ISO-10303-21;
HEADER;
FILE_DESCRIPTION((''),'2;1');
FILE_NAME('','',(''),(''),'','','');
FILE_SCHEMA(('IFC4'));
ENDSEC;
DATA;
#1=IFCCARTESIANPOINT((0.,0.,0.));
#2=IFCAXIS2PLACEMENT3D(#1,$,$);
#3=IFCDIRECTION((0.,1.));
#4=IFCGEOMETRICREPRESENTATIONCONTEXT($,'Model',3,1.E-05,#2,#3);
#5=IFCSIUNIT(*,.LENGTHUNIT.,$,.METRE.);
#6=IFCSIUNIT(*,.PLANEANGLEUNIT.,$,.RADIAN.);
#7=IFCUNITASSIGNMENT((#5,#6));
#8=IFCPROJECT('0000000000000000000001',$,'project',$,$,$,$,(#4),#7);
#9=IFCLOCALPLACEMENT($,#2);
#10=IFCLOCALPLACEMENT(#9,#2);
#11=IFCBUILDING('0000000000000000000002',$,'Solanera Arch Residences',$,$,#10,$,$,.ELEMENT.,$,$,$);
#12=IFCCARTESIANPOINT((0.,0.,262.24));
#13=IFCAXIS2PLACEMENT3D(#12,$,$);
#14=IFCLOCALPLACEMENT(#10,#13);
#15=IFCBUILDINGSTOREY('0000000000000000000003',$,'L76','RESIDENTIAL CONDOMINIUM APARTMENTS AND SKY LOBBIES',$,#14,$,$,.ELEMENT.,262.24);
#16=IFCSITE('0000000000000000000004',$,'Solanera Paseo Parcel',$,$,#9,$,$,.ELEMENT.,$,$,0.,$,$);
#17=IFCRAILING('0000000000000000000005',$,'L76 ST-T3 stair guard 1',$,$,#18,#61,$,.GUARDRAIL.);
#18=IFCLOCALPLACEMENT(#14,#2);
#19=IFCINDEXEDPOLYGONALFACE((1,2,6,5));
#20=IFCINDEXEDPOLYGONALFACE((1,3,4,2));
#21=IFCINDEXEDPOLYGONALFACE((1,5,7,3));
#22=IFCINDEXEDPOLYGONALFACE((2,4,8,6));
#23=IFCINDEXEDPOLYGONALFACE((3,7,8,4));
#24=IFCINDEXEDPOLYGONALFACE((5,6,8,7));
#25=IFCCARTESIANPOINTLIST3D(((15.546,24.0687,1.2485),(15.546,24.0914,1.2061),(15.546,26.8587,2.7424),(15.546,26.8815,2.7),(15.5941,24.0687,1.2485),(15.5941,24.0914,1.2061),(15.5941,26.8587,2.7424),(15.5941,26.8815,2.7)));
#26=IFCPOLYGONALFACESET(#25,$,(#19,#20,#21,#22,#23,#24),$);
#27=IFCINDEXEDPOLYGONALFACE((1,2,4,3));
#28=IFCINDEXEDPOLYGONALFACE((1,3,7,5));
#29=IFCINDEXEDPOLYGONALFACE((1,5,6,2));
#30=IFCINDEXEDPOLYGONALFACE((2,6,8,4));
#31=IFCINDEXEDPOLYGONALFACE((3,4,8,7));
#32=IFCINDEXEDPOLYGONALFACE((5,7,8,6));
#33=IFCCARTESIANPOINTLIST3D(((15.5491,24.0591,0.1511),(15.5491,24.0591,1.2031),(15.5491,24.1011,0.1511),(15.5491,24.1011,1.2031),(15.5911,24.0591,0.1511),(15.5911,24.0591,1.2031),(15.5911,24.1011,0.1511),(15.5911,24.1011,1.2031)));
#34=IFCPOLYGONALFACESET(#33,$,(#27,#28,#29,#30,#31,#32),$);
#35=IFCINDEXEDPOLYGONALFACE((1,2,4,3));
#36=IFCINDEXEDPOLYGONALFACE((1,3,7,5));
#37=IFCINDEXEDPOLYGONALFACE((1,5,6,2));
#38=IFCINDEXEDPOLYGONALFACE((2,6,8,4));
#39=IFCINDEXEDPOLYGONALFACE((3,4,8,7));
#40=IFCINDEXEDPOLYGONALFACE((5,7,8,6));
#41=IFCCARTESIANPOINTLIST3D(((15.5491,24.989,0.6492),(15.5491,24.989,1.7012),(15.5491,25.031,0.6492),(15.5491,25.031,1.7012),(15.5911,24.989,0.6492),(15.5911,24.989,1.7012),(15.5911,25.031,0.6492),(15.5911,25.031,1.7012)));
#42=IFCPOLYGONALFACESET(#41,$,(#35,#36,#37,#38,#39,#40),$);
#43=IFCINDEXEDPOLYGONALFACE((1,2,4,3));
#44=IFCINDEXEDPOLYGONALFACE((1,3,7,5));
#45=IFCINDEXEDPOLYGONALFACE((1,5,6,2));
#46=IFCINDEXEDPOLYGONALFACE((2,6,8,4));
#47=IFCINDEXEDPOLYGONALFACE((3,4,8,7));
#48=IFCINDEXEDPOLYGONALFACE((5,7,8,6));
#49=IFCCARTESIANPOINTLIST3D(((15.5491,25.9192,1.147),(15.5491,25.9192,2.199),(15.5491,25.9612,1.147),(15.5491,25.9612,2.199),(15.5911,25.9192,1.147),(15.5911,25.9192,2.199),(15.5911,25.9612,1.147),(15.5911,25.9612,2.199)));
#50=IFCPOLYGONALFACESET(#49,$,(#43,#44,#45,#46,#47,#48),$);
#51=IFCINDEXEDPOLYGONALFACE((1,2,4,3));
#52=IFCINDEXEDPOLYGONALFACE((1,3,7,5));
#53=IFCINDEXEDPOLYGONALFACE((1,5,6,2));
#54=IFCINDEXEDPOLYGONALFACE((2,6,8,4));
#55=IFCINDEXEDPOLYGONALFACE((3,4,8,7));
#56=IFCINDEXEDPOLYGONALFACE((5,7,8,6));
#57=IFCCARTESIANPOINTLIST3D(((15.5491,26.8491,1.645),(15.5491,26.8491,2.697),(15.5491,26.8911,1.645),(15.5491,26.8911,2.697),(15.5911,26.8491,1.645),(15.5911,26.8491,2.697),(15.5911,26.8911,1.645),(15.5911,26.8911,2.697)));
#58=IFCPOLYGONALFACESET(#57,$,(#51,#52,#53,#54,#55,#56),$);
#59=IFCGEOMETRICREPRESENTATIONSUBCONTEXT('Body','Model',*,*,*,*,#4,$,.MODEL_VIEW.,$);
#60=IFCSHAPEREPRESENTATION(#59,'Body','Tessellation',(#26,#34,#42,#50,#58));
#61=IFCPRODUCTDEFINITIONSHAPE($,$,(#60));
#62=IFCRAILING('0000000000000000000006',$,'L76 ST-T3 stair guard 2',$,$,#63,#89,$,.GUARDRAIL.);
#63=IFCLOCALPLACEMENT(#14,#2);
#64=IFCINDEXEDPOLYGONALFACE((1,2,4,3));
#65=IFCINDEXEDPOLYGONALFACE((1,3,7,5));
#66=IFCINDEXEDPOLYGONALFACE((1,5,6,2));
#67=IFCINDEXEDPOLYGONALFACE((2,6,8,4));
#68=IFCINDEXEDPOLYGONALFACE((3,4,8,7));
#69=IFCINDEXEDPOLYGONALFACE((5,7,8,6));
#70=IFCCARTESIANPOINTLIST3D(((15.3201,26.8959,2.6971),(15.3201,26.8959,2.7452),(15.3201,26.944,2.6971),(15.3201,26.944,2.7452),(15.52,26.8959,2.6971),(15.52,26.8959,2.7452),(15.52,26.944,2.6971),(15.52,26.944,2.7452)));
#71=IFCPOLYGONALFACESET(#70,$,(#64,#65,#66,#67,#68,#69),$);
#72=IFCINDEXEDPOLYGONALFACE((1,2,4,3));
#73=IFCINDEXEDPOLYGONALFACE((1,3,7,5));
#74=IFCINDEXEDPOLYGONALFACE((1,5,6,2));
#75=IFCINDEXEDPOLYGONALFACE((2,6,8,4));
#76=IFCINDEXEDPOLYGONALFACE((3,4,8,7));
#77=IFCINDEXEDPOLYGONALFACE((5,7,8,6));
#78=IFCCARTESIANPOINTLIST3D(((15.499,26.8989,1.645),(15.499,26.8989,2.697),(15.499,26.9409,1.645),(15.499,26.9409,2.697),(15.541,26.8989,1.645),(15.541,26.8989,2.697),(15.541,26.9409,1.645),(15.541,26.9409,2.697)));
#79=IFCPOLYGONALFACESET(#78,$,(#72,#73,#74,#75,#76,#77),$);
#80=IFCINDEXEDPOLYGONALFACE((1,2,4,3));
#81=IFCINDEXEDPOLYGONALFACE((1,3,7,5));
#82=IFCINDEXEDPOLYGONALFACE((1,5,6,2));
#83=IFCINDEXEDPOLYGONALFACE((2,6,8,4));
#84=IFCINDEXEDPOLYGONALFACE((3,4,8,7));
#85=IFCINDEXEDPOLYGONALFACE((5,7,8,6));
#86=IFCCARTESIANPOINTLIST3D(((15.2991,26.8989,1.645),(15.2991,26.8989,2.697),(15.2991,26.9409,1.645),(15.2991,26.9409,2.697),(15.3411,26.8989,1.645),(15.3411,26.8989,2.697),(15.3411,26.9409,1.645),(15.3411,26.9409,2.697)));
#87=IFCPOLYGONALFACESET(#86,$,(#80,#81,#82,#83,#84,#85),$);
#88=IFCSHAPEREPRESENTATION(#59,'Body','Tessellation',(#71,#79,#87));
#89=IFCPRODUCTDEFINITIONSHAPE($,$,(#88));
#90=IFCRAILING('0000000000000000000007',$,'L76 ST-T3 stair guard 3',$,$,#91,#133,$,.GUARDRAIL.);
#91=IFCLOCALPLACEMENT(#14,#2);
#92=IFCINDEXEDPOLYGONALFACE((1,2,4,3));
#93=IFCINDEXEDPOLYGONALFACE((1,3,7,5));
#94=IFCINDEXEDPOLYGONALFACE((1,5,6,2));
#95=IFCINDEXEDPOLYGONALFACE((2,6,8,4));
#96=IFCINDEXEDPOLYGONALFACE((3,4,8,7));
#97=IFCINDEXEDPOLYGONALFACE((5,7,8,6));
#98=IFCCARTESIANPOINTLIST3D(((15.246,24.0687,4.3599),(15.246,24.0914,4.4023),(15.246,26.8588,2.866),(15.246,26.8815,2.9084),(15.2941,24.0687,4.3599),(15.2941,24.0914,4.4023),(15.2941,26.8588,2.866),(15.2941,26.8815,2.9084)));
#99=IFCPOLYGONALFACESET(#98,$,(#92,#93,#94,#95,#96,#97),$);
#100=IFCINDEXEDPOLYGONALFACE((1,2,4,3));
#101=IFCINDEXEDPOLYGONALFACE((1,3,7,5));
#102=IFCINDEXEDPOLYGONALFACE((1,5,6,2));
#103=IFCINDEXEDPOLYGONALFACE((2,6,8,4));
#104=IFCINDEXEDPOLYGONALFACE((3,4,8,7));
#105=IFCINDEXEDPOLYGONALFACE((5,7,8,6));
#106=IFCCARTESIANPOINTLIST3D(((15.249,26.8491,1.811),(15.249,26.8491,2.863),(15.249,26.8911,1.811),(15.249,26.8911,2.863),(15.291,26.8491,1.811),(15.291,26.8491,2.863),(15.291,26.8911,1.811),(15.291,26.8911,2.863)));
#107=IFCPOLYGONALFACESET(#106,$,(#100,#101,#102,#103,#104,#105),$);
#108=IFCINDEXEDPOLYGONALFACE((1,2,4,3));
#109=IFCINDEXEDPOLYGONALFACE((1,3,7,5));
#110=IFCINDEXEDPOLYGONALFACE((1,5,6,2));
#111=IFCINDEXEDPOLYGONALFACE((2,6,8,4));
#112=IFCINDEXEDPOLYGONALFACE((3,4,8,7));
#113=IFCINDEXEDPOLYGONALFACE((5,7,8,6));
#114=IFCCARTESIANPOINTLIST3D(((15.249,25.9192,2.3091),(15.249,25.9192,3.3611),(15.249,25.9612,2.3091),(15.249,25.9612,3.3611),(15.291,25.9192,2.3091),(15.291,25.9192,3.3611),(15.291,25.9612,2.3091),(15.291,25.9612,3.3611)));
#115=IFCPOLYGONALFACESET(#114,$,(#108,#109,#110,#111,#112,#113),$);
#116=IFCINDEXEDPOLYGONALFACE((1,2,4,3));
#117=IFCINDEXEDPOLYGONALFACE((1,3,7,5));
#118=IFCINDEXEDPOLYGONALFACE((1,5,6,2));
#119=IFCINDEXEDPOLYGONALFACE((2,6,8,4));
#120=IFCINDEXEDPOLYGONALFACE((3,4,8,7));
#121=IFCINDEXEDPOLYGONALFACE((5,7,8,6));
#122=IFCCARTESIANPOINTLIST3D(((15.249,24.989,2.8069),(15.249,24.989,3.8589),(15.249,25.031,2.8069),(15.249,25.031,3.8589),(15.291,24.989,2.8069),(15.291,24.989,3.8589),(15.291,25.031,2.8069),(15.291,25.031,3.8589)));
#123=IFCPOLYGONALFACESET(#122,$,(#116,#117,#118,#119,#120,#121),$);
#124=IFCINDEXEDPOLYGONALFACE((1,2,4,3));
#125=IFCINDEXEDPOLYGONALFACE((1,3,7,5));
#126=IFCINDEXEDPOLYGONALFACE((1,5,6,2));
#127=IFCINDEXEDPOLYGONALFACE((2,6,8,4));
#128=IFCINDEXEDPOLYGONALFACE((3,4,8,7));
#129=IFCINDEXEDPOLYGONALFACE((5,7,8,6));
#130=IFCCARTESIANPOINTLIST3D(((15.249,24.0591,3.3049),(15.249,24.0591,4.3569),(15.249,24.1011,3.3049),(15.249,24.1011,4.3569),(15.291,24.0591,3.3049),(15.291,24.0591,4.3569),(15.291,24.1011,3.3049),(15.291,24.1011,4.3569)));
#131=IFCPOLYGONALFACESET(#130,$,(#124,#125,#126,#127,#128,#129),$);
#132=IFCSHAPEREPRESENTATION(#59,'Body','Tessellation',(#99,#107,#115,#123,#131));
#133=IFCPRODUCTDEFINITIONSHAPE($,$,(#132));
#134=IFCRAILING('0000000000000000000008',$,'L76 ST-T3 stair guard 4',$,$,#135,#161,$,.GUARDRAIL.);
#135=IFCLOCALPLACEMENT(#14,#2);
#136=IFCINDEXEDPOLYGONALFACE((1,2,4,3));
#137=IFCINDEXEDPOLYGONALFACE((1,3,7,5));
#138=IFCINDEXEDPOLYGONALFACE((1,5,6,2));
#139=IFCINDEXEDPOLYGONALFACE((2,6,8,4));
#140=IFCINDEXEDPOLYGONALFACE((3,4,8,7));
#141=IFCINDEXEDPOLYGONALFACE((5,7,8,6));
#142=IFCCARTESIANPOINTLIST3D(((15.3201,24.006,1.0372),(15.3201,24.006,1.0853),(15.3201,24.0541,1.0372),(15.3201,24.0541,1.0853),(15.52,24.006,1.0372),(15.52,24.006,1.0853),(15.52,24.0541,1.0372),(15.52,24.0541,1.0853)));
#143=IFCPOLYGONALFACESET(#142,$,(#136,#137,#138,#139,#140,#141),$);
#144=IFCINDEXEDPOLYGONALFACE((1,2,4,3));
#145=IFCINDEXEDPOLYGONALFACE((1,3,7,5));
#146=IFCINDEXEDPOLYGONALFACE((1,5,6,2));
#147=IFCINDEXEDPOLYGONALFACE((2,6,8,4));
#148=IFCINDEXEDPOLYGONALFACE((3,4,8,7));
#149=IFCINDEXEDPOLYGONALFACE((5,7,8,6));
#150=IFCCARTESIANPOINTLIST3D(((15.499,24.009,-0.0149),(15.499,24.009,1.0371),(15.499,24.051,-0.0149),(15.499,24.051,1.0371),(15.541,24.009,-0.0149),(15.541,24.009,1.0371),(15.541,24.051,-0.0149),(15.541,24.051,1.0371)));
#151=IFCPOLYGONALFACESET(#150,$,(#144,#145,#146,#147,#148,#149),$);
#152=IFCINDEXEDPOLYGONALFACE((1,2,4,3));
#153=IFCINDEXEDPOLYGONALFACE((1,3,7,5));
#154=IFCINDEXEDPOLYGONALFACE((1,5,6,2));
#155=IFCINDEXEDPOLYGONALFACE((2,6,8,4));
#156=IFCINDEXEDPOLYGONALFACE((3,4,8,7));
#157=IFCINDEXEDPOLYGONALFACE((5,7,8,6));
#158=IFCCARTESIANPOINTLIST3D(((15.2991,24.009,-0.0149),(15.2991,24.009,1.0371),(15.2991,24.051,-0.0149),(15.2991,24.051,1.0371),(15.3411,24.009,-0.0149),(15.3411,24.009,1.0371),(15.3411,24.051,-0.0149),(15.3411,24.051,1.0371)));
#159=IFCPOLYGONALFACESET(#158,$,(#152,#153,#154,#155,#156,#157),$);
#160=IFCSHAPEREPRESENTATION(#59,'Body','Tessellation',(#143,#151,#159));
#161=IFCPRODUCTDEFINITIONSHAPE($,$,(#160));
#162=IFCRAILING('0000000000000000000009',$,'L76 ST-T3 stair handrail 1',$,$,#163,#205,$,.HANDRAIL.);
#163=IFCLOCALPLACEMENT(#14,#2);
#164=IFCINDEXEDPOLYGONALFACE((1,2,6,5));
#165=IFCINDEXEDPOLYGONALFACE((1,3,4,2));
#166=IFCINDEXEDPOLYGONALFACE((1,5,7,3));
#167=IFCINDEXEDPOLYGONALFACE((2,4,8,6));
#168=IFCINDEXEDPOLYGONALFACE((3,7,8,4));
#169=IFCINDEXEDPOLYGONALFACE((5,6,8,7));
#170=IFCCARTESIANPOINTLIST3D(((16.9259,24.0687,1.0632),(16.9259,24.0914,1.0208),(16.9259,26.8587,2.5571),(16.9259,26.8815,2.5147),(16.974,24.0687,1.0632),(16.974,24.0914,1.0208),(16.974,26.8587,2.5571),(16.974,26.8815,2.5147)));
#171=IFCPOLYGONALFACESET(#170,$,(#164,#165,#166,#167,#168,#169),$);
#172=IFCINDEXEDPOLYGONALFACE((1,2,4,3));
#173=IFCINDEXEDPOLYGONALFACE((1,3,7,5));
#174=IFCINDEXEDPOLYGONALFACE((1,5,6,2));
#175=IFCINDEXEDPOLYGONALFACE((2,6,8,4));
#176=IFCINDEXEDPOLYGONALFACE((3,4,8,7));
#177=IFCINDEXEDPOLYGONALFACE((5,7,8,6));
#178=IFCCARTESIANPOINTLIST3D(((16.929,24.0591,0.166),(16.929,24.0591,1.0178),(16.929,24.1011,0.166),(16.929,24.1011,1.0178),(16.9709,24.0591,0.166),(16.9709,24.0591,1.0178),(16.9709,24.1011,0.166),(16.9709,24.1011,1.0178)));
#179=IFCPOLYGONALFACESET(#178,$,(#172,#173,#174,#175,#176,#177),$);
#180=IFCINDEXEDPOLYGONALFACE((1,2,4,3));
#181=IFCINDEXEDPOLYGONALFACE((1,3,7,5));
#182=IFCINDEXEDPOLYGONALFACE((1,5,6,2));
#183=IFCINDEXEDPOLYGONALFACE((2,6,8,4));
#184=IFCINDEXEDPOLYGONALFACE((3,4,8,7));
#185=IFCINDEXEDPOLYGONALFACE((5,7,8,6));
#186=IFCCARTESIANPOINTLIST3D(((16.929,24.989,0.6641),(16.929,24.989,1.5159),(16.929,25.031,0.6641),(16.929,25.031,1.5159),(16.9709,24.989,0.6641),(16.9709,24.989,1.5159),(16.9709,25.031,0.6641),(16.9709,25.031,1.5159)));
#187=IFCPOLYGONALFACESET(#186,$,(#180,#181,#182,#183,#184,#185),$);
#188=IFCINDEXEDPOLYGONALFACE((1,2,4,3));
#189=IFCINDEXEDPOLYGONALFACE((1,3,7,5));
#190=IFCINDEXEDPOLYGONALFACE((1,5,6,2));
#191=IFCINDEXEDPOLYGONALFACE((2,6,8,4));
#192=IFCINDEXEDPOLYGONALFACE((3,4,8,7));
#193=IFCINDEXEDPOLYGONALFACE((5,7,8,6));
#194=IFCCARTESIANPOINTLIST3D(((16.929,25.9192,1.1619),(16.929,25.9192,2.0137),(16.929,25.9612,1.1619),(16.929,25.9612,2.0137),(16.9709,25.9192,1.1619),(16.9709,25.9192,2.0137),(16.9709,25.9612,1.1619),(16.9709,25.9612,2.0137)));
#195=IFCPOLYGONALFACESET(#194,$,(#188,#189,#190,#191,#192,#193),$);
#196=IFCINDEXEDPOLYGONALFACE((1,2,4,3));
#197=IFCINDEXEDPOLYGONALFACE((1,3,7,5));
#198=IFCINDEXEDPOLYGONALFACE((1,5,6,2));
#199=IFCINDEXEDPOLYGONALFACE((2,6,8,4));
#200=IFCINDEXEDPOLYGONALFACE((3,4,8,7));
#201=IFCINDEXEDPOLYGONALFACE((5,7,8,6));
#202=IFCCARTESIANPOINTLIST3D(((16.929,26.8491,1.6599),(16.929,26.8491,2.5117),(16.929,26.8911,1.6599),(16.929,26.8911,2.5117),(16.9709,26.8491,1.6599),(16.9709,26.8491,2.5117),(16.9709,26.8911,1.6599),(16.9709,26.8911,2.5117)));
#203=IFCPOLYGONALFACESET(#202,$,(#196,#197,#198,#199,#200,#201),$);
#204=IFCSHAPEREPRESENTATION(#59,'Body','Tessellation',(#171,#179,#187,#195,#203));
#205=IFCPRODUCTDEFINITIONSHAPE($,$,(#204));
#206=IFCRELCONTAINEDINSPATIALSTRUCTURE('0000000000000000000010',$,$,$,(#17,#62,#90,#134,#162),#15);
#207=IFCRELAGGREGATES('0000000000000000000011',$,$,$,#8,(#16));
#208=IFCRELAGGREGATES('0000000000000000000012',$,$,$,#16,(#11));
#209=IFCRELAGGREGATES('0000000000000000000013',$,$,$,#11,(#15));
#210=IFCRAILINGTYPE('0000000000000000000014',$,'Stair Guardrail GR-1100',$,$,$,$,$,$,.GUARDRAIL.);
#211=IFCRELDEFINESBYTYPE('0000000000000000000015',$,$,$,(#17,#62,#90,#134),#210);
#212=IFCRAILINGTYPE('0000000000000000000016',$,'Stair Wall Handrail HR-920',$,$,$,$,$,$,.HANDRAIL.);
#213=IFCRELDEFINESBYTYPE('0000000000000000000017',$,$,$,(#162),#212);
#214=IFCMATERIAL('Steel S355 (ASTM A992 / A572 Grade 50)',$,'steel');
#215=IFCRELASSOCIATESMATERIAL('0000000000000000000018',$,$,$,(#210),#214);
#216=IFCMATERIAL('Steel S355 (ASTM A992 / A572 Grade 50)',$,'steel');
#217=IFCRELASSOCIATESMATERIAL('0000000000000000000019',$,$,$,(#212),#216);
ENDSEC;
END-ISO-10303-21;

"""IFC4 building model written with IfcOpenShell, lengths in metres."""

from ifc_helpers import new_model, si_unit, direction, frame, origin, origin_2d, place, context, subcontext, project, spatial, rectangle, extrude, material, type_object, element, save


model = new_model("IFC4")

# Units and contexts
model_context = context("Model", 3, precision=1e-05, world=origin(), true_north=direction((0.0, 1.0)))
body_context = subcontext(model_context, "Body", "Model", "MODEL_VIEW")
ifc_project = project(units=[si_unit("LENGTHUNIT", "METRE"), si_unit("PLANEANGLEUNIT", "RADIAN")], contexts=[model_context])

# Site, building, storey
site_placement = place(None, origin())
site = spatial("IfcSite", under=ifc_project, at=site_placement, Name="Solanera Paseo Parcel", CompositionType="ELEMENT", RefElevation=0.0)
building_placement = place(site_placement, origin())
building = spatial("IfcBuilding", under=site, at=building_placement, Name="Solanera Arch Residences", CompositionType="ELEMENT")
storey_placement = place(building_placement, frame((0.0, 0.0, 262.24)))
storey = spatial("IfcBuildingStorey", under=building, at=storey_placement, Name="L76", Description="RESIDENTIAL CONDOMINIUM APARTMENTS AND SKY LOBBIES", CompositionType="ELEMENT", Elevation=262.24)

# Railings
ifc_material_1 = material(Name="Steel S355 (ASTM A992 / A572 Grade 50)", Category="steel")
railing_type_1 = type_object("IfcRailingType", Name="Stair Guardrail GR-1100", PredefinedType="GUARDRAIL", material=ifc_material_1)
railing_1_placement = place(storey_placement, frame((15.5701, 24.0801, 0.1511)))
element("IfcRailing", 1, at=railing_1_placement, inside=storey, type_object=railing_type_1, Name="L76 ST-T3 stair guard 1", PredefinedType="GUARDRAIL", context=body_context, shape_type="SweptSolid", body=[
    extrude(rectangle(XDim=0.0481, YDim=0.0481, at=origin_2d()), frame((0.0, 0.0, 1.0762), z_axis=(0.0, 0.881581, 0.472033), x_axis=(-1.0, 0.0, 0.0)), (0.0, 0.0, 1.0), 3.1648),
    extrude(rectangle(XDim=0.042, YDim=0.042, at=origin_2d()), origin(), (0.0, 0.0, 1.0), 1.052),
    extrude(rectangle(XDim=0.042, YDim=0.042, at=origin_2d()), frame((0.0, 0.9299, 0.498)), (0.0, 0.0, 1.0), 1.052),
    extrude(rectangle(XDim=0.042, YDim=0.042, at=origin_2d()), frame((0.0, 1.8601, 0.9958)), (0.0, 0.0, 1.0), 1.052),
    extrude(rectangle(XDim=0.042, YDim=0.042, at=origin_2d()), frame((0.0, 2.79, 1.4939)), (0.0, 0.0, 1.0), 1.052),
])
railing_2_placement = place(storey_placement, frame((15.52, 26.9199, 1.645)))
element("IfcRailing", 2, at=railing_2_placement, inside=storey, type_object=railing_type_1, Name="L76 ST-T3 stair guard 2", PredefinedType="GUARDRAIL", context=body_context, shape_type="SweptSolid", body=[
    extrude(rectangle(XDim=0.0481, YDim=0.0481, at=origin_2d()), frame((0.0, 0.0, 1.0762), z_axis=(-1.0, 0.0, 0.0), x_axis=(0.0, -1.0, 0.0)), (0.0, 0.0, 1.0), 0.2),
    extrude(rectangle(XDim=0.042, YDim=0.042, at=origin_2d()), origin(), (0.0, 0.0, 1.0), 1.052),
    extrude(rectangle(XDim=0.042, YDim=0.042, at=origin_2d()), frame((-0.2, 0.0, 0.0)), (0.0, 0.0, 1.0), 1.052),
])
railing_3_placement = place(storey_placement, frame((15.27, 26.8701, 1.811)))
element("IfcRailing", 3, at=railing_3_placement, inside=storey, type_object=railing_type_1, Name="L76 ST-T3 stair guard 3", PredefinedType="GUARDRAIL", context=body_context, shape_type="SweptSolid", body=[
    extrude(rectangle(XDim=0.0481, YDim=0.0481, at=origin_2d()), frame((0.0, 0.0, 1.0762), z_axis=(0.0, -0.881581, 0.472033), x_axis=(1.0, 0.0, 0.0)), (0.0, 0.0, 1.0), 3.1648),
    extrude(rectangle(XDim=0.042, YDim=0.042, at=origin_2d()), origin(), (0.0, 0.0, 1.0), 1.052),
    extrude(rectangle(XDim=0.042, YDim=0.042, at=origin_2d()), frame((0.0, -0.9299, 0.498)), (0.0, 0.0, 1.0), 1.052),
    extrude(rectangle(XDim=0.042, YDim=0.042, at=origin_2d()), frame((0.0, -1.8601, 0.9958)), (0.0, 0.0, 1.0), 1.052),
    extrude(rectangle(XDim=0.042, YDim=0.042, at=origin_2d()), frame((0.0, -2.79, 1.4939)), (0.0, 0.0, 1.0), 1.052),
])
railing_4_placement = place(storey_placement, frame((15.52, 24.03, -0.0149)))
element("IfcRailing", 4, at=railing_4_placement, inside=storey, type_object=railing_type_1, Name="L76 ST-T3 stair guard 4", PredefinedType="GUARDRAIL", context=body_context, shape_type="SweptSolid", body=[
    extrude(rectangle(XDim=0.0481, YDim=0.0481, at=origin_2d()), frame((0.0, 0.0, 1.0762), z_axis=(-1.0, 0.0, 0.0), x_axis=(0.0, -1.0, 0.0)), (0.0, 0.0, 1.0), 0.2),
    extrude(rectangle(XDim=0.042, YDim=0.042, at=origin_2d()), origin(), (0.0, 0.0, 1.0), 1.052),
    extrude(rectangle(XDim=0.042, YDim=0.042, at=origin_2d()), frame((-0.2, 0.0, 0.0)), (0.0, 0.0, 1.0), 1.052),
])
ifc_material_2 = material(Name="Steel S355 (ASTM A992 / A572 Grade 50)", Category="steel")
railing_type_2 = type_object("IfcRailingType", Name="Stair Wall Handrail HR-920", PredefinedType="HANDRAIL", material=ifc_material_2)
railing_5_placement = place(storey_placement, frame((16.95, 24.0801, 0.166)))
element("IfcRailing", 5, at=railing_5_placement, inside=storey, type_object=railing_type_2, Name="L76 ST-T3 stair handrail 1", PredefinedType="HANDRAIL", context=body_context, shape_type="SweptSolid", body=[
    extrude(rectangle(XDim=0.0481, YDim=0.0481, at=origin_2d()), frame((0.0, 0.0, 0.876), z_axis=(0.0, 0.881581, 0.472033), x_axis=(-1.0, 0.0, 0.0)), (0.0, 0.0, 1.0), 3.1648),
    extrude(rectangle(XDim=0.042, YDim=0.042, at=origin_2d()), origin(), (0.0, 0.0, 1.0), 0.8518),
    extrude(rectangle(XDim=0.042, YDim=0.042, at=origin_2d()), frame((0.0, 0.9299, 0.498)), (0.0, 0.0, 1.0), 0.8518),
    extrude(rectangle(XDim=0.042, YDim=0.042, at=origin_2d()), frame((0.0, 1.8601, 0.9958)), (0.0, 0.0, 1.0), 0.8518),
    extrude(rectangle(XDim=0.042, YDim=0.042, at=origin_2d()), frame((0.0, 2.79, 1.4939)), (0.0, 0.0, 1.0), 0.8518),
])

save(model, "model.ifc")
